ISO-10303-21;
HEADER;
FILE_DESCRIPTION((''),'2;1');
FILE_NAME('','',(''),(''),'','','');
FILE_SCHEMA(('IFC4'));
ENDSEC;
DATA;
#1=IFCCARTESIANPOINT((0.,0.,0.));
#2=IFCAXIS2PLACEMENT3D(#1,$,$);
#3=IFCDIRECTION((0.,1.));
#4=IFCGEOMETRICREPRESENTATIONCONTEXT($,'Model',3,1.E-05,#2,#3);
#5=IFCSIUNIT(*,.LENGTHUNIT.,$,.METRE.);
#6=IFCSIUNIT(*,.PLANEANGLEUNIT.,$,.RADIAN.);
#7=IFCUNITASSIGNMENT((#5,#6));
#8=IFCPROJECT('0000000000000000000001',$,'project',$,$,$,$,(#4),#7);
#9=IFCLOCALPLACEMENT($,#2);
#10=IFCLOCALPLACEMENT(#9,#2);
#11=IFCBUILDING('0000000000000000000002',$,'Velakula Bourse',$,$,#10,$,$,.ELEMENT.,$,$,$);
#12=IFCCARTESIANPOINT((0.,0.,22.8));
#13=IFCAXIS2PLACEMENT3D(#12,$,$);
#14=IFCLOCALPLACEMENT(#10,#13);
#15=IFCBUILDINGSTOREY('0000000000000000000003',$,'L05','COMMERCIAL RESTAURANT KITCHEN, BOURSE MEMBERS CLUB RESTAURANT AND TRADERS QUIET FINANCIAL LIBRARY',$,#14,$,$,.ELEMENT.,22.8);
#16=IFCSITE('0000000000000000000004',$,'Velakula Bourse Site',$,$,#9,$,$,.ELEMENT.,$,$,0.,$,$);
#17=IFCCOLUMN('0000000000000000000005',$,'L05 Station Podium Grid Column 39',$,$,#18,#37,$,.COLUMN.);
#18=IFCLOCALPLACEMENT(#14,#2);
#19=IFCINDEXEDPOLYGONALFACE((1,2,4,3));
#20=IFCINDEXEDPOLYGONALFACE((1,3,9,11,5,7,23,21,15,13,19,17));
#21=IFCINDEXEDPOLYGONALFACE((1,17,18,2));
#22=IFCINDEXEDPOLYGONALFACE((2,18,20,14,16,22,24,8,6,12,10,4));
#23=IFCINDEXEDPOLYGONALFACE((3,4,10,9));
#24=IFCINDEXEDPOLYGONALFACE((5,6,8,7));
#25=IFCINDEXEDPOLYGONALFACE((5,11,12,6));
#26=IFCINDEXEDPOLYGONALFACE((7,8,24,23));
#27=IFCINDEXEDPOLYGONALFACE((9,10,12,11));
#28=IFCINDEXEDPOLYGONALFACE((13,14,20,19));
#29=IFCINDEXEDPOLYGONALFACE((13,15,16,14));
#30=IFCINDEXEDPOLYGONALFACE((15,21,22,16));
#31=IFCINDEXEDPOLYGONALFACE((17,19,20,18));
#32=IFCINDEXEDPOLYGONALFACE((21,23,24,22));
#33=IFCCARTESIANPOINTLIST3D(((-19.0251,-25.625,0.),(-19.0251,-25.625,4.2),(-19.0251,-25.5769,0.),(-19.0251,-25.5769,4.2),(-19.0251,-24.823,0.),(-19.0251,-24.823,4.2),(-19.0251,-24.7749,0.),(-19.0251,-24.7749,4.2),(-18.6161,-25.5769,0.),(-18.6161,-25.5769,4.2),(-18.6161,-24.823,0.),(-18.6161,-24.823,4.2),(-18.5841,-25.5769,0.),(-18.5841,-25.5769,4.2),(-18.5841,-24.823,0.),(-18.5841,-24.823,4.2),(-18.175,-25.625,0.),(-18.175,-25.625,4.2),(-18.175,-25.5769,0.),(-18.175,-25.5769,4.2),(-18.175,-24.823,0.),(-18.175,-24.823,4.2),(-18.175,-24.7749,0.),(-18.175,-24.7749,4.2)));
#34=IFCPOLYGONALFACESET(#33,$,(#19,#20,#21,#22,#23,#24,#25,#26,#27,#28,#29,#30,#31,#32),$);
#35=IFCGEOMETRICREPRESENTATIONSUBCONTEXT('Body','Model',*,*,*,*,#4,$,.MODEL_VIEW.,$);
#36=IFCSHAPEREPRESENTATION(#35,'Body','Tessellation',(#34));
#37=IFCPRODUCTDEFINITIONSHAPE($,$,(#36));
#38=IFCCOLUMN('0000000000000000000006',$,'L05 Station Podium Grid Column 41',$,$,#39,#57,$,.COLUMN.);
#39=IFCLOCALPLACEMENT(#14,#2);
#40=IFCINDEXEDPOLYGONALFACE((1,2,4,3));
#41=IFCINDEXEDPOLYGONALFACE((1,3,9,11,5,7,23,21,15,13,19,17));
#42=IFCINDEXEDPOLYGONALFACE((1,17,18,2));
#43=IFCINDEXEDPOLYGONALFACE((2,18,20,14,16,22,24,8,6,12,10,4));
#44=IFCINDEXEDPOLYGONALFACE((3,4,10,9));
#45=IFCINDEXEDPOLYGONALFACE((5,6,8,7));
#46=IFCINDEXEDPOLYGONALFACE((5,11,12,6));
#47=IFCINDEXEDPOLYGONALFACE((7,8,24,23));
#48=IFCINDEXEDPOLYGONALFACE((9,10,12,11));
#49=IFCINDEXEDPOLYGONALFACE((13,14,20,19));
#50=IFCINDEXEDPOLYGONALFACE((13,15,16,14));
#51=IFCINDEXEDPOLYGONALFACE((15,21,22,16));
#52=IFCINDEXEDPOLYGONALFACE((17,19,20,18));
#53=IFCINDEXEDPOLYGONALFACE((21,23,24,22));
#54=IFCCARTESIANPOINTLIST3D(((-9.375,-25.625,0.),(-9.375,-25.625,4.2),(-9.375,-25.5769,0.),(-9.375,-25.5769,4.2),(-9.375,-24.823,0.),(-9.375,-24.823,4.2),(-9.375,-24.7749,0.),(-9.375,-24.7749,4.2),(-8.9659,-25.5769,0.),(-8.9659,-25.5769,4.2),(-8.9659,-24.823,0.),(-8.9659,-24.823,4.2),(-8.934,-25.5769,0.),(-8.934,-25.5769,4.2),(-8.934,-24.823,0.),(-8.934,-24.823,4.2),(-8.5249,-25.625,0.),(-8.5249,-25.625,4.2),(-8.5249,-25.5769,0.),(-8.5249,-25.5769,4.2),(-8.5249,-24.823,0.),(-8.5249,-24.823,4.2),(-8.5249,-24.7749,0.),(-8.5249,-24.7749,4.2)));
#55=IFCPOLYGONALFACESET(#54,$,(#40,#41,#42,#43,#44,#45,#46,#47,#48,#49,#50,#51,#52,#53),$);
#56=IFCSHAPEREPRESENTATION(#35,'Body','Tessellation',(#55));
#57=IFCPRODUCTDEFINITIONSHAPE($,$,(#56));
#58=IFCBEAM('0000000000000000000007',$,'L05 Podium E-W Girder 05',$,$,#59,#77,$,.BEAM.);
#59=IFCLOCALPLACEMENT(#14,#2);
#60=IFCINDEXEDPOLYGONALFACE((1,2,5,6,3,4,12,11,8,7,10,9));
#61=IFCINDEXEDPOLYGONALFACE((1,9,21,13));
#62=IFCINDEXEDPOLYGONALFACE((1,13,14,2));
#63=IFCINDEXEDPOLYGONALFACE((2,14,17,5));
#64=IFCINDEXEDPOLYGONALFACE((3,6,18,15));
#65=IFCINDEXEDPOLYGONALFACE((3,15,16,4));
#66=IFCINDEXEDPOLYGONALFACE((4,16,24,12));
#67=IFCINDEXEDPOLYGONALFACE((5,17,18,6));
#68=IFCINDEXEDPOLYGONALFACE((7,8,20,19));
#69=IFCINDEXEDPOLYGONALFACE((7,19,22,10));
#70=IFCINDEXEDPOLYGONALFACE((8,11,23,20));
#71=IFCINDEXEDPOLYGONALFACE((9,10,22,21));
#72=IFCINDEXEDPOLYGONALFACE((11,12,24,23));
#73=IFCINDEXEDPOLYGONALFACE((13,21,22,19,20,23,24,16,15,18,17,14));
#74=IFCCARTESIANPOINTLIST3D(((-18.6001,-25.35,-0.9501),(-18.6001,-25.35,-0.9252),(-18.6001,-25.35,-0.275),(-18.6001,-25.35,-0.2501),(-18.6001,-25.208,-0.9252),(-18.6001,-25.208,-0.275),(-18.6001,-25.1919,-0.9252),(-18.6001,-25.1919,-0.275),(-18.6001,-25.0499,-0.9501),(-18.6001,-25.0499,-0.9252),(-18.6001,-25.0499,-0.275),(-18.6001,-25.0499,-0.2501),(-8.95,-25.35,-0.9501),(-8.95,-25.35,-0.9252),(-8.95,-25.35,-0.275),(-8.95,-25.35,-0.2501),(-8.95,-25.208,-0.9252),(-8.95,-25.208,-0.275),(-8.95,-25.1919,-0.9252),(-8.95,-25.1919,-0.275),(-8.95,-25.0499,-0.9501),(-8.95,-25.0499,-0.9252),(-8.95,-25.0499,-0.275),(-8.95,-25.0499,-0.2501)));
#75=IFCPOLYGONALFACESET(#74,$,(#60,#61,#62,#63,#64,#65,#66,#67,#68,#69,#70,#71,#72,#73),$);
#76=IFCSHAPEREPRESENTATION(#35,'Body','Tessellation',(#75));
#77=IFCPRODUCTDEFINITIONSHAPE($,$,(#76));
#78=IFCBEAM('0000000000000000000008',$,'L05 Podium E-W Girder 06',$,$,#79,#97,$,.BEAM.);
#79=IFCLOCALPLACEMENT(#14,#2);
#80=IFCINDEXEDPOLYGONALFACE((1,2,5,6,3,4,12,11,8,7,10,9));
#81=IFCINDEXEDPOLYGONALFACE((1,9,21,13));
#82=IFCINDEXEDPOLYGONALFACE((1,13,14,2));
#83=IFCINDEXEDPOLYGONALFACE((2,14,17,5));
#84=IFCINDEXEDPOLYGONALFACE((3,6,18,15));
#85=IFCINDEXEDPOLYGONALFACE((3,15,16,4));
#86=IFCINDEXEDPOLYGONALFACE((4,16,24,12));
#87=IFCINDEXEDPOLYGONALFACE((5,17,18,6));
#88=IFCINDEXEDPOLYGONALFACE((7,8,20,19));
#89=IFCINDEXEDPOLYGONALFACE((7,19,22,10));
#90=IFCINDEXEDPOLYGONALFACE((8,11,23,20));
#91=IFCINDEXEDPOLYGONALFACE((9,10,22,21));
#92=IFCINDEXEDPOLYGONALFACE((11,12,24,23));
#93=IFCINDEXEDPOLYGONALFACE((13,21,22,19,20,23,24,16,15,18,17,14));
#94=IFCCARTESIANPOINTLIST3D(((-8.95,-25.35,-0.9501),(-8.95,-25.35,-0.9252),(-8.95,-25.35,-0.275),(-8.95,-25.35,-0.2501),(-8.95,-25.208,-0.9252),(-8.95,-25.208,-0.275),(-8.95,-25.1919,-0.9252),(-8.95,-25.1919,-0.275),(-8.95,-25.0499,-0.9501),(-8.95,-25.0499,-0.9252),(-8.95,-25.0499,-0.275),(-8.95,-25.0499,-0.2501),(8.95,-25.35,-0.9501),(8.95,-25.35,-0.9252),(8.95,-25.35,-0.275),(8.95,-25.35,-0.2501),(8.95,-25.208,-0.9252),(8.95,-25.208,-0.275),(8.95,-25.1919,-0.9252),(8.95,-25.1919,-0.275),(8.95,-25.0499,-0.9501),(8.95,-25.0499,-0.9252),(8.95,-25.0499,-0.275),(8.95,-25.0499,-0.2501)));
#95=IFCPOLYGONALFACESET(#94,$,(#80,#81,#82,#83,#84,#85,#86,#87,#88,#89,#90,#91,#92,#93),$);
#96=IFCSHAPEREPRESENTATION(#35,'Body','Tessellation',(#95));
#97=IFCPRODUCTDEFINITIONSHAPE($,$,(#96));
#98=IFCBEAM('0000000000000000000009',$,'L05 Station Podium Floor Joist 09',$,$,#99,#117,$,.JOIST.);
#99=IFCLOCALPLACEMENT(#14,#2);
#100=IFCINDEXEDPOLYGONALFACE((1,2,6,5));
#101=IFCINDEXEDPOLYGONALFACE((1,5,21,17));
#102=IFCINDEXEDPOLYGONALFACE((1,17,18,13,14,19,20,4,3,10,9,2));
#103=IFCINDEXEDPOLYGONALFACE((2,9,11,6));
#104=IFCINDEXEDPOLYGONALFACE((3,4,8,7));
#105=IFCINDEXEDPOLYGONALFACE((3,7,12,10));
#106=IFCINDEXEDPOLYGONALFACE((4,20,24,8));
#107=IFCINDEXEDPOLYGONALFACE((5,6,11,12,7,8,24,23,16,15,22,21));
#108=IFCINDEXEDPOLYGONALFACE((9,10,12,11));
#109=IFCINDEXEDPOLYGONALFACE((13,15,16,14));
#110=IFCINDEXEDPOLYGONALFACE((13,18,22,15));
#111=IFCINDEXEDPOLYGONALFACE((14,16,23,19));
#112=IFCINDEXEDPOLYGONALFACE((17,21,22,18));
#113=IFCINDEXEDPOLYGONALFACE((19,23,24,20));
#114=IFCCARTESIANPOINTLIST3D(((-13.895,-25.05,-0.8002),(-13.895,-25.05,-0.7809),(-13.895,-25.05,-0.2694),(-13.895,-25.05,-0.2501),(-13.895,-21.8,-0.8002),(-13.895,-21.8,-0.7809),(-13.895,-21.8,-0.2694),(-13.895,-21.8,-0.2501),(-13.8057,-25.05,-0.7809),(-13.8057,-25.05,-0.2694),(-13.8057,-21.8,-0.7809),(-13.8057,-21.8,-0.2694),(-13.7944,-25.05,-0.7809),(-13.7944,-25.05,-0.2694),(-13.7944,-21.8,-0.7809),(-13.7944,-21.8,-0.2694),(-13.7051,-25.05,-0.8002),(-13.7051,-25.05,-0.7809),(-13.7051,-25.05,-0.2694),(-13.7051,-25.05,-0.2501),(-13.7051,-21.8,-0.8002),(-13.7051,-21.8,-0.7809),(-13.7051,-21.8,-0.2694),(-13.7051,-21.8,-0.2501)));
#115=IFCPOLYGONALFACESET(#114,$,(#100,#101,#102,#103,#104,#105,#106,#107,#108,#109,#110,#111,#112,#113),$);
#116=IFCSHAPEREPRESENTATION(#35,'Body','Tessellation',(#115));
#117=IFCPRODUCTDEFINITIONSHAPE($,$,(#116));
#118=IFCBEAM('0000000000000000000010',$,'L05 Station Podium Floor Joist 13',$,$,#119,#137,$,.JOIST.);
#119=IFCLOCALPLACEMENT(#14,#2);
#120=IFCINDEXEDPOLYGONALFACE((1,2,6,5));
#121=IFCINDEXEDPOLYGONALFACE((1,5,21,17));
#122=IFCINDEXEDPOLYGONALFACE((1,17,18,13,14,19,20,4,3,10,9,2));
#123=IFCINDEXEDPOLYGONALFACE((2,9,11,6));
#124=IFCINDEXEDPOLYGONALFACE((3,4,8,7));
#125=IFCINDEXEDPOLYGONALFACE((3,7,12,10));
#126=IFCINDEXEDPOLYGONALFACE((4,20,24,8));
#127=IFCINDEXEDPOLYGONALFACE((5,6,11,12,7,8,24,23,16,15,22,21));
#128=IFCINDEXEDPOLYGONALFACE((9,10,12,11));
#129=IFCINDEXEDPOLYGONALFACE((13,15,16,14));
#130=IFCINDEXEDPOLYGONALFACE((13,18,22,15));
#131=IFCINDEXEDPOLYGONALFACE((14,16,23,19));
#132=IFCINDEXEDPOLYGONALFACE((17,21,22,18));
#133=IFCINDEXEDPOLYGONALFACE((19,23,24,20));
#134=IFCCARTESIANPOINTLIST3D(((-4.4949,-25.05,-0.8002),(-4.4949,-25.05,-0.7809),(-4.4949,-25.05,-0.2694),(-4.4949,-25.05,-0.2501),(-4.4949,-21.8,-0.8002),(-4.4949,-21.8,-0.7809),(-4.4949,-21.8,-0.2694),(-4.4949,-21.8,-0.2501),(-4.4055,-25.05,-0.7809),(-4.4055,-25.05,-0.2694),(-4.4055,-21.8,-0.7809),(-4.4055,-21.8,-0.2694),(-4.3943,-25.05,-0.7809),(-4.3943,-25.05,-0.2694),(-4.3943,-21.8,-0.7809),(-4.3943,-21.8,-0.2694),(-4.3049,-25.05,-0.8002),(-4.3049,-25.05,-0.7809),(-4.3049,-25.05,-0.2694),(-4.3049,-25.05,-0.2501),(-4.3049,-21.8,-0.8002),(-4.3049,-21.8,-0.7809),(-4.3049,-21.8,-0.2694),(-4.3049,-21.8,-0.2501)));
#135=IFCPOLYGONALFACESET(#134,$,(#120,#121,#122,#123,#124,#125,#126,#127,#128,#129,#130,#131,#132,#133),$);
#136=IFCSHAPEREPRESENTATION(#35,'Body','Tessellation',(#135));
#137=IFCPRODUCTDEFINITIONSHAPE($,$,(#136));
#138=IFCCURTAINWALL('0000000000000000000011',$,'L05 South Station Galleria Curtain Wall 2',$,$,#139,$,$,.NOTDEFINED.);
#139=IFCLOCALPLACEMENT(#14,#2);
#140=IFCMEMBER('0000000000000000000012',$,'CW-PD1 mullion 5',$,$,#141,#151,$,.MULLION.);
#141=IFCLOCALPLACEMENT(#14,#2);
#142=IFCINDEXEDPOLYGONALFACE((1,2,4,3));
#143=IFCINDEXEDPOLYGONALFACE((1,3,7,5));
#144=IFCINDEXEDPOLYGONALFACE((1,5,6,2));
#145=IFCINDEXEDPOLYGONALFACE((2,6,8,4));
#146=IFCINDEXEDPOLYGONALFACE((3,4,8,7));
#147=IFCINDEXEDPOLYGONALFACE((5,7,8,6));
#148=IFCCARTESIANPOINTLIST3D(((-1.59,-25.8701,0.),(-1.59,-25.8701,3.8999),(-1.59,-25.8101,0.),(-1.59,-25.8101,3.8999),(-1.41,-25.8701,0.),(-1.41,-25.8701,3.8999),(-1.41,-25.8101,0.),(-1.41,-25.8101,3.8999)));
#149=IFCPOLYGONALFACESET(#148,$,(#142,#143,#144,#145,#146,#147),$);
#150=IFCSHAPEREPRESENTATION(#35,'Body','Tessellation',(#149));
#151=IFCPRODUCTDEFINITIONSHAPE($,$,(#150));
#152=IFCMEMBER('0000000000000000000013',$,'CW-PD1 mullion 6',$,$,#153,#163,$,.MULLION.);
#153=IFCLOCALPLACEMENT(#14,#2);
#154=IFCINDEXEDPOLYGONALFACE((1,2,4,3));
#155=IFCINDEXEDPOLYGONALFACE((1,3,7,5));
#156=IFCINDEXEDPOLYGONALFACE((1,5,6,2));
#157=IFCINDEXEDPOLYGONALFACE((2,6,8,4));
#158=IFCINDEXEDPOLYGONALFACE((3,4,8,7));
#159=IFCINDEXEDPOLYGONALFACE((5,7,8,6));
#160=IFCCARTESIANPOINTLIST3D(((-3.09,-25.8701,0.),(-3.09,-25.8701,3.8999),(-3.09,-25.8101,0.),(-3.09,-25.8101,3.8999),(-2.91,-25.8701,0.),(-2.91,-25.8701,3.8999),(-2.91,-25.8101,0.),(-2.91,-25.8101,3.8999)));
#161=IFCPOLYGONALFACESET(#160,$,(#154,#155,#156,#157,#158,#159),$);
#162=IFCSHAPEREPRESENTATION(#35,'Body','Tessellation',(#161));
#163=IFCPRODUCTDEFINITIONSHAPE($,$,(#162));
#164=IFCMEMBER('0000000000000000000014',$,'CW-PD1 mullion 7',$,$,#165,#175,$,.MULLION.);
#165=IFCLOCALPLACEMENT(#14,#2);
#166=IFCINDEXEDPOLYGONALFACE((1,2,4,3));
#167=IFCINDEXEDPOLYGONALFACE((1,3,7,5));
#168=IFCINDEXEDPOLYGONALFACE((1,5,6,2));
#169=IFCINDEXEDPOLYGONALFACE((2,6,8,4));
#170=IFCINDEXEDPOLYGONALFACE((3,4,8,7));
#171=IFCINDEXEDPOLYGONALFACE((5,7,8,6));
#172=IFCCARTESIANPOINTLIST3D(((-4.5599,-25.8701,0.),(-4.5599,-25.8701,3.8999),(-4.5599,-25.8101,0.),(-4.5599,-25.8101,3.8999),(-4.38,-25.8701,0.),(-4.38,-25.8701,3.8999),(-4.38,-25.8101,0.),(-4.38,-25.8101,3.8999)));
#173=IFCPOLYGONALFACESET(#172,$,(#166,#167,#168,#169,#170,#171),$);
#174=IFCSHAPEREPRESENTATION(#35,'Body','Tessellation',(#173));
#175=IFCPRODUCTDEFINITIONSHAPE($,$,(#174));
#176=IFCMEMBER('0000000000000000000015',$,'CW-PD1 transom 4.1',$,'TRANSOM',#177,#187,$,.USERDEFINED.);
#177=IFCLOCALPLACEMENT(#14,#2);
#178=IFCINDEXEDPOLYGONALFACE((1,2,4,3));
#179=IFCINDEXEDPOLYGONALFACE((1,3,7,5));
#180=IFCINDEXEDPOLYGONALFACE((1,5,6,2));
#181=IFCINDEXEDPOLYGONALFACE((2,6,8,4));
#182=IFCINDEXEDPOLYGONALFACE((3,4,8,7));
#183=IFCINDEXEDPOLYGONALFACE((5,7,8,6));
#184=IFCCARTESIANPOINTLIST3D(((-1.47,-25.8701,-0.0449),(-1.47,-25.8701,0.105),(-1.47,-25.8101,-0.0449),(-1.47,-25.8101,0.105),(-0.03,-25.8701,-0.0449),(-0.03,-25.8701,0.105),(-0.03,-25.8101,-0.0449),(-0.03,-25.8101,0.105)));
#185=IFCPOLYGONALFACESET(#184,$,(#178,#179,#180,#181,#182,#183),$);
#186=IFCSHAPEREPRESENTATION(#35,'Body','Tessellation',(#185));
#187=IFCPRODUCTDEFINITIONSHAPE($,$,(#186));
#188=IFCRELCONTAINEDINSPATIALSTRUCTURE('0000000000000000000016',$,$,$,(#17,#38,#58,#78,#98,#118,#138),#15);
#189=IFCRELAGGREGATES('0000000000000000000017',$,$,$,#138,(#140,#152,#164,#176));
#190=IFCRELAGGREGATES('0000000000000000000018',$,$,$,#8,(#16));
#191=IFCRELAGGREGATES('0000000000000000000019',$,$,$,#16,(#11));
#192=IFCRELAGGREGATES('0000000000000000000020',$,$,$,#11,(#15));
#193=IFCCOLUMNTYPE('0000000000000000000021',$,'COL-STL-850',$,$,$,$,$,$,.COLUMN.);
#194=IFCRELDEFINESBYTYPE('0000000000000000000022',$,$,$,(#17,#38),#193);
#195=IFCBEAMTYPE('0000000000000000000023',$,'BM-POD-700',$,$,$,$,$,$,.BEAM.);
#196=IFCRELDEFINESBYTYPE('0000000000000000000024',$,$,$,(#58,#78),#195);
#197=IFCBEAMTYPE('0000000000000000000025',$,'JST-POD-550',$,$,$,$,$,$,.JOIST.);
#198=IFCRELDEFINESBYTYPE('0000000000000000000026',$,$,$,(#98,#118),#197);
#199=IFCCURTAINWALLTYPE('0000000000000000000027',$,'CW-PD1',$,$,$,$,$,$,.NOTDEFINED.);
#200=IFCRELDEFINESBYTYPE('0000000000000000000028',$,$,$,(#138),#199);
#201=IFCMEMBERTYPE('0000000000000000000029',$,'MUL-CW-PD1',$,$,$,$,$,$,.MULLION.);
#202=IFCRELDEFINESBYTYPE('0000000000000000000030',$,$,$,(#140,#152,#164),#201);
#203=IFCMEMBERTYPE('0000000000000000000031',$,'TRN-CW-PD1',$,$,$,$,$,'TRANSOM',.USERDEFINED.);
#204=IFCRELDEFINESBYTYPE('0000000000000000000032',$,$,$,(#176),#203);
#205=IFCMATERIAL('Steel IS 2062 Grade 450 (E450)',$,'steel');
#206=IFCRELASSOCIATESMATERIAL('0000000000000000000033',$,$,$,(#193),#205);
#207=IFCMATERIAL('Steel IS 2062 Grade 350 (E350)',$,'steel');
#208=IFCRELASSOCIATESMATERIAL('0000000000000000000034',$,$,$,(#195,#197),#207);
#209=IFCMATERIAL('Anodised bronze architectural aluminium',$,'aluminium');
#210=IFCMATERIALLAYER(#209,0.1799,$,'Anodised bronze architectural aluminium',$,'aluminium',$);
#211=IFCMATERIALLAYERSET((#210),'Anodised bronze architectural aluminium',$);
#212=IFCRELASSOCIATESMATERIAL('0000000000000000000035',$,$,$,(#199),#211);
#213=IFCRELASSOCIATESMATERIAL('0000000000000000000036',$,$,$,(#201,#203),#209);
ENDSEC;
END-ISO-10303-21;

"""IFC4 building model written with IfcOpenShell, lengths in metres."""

from ifc_helpers import new_model, si_unit, direction, frame, origin, origin_2d, place, context, subcontext, project, spatial, rectangle, i_section, extrude, material, layer, layer_set, material_profile, profile_set, type_object, element, aggregate, save


model = new_model("IFC4")

# Units and contexts
model_context = context("Model", 3, precision=1e-05, world=origin(), true_north=direction((0.0, 1.0)))
body_context = subcontext(model_context, "Body", "Model", "MODEL_VIEW")
ifc_project = project(units=[si_unit("LENGTHUNIT", "METRE"), si_unit("PLANEANGLEUNIT", "RADIAN")], contexts=[model_context])

# Site, building, storey
site_placement = place(None, origin())
site = spatial("IfcSite", under=ifc_project, at=site_placement, Name="Velakula Bourse Site", CompositionType="ELEMENT", RefElevation=0.0)
building_placement = place(site_placement, origin())
building = spatial("IfcBuilding", under=site, at=building_placement, Name="Velakula Bourse", CompositionType="ELEMENT")
storey_placement = place(building_placement, frame((0.0, 0.0, 22.8)))
storey = spatial("IfcBuildingStorey", under=building, at=storey_placement, Name="L05", Description="COMMERCIAL RESTAURANT KITCHEN, BOURSE MEMBERS CLUB RESTAURANT AND TRADERS QUIET FINANCIAL LIBRARY", CompositionType="ELEMENT", Elevation=22.8)

# Columns
ifc_material_1 = material(Name="Steel IS 2062 Grade 450 (E450)", Category="steel")
ifc_material_profile_1 = material_profile(ifc_material_1, i_section(OverallWidth=0.8501, OverallDepth=0.8501, WebThickness=0.032, FlangeThickness=0.0481, at=origin_2d()), Name="Steel IS 2062 Grade 450 (E450)")
ifc_profile_set_1 = profile_set([ifc_material_profile_1], Name="Steel IS 2062 Grade 450 (E450)")
column_type = type_object("IfcColumnType", Name="COL-STL-850", PredefinedType="COLUMN", material=ifc_profile_set_1)
for number, where, z_axis, x_axis, name in (
    (1, (-18.6001, -25.2, 0.0), (0.0, 0.0, 1.0), (1.0, 0.0, 0.0), "L05 Station Podium Grid Column 39"),
    (2, (-8.95, -25.2, 0.0), (0.0, 0.0, 1.0), (1.0, 0.0, 0.0), "L05 Station Podium Grid Column 41"),
):
    element("IfcColumn", number, at=place(storey_placement, frame(where, z_axis=z_axis, x_axis=x_axis)), inside=storey, type_object=column_type, Name=name, PredefinedType="COLUMN", context=body_context, shape_type="SweptSolid", body=[
        extrude(i_section(OverallWidth=0.8501, OverallDepth=0.8501, WebThickness=0.032, FlangeThickness=0.0481, at=origin_2d()), origin(), (0.0, 0.0, 1.0), 4.2),
    ])

# Beams
ifc_material_2 = material(Name="Steel IS 2062 Grade 350 (E350)", Category="steel")
ifc_material_profile_2 = material_profile(ifc_material_2, i_section(OverallWidth=0.3, OverallDepth=0.7, WebThickness=0.0161, FlangeThickness=0.0249, at=origin_2d()), Name="Steel IS 2062 Grade 350 (E350)")
ifc_profile_set_2 = profile_set([ifc_material_profile_2], Name="Steel IS 2062 Grade 350 (E350)")
beam_type_1 = type_object("IfcBeamType", Name="BM-POD-700", PredefinedType="BEAM", material=ifc_profile_set_2)
beam_1_placement = place(storey_placement, frame((-18.6001, -25.2, -0.6001), z_axis=(1.0, 0.0, 0.0), x_axis=(0.0, 1.0, 0.0)))
element("IfcBeam", 3, at=beam_1_placement, inside=storey, type_object=beam_type_1, Name="L05 Podium E-W Girder 05", PredefinedType="BEAM", context=body_context, shape_type="SweptSolid", body=[
    extrude(i_section(OverallWidth=0.3, OverallDepth=0.7, WebThickness=0.0161, FlangeThickness=0.0249, at=origin_2d()), origin(), (0.0, 0.0, 1.0), 9.6501),
])
beam_2_placement = place(storey_placement, frame((-8.95, -25.2, -0.6001), z_axis=(1.0, 0.0, 0.0), x_axis=(0.0, 1.0, 0.0)))
element("IfcBeam", 4, at=beam_2_placement, inside=storey, type_object=beam_type_1, Name="L05 Podium E-W Girder 06", PredefinedType="BEAM", context=body_context, shape_type="SweptSolid", body=[
    extrude(i_section(OverallWidth=0.3, OverallDepth=0.7, WebThickness=0.0161, FlangeThickness=0.0249, at=origin_2d()), origin(), (0.0, 0.0, 1.0), 17.8999),
])
ifc_material_profile_3 = material_profile(ifc_material_2, i_section(OverallWidth=0.1899, OverallDepth=0.55, WebThickness=0.0112, FlangeThickness=0.0193, at=origin_2d()), Name="Steel IS 2062 Grade 350 (E350)")
ifc_profile_set_3 = profile_set([ifc_material_profile_3], Name="Steel IS 2062 Grade 350 (E350)")
beam_type_2 = type_object("IfcBeamType", Name="JST-POD-550", PredefinedType="JOIST", material=ifc_profile_set_3)
for number, where, z_axis, x_axis, name in (
    (5, (-13.8, -25.05, -0.5251), (0.0, 1.0, 0.0), (-1.0, 0.0, 0.0), "L05 Station Podium Floor Joist 09"),
    (6, (-4.3999, -25.05, -0.5251), (0.0, 1.0, 0.0), (-1.0, 0.0, 0.0), "L05 Station Podium Floor Joist 13"),
):
    element("IfcBeam", number, at=place(storey_placement, frame(where, z_axis=z_axis, x_axis=x_axis)), inside=storey, type_object=beam_type_2, Name=name, PredefinedType="JOIST", context=body_context, shape_type="SweptSolid", body=[
        extrude(i_section(OverallWidth=0.1899, OverallDepth=0.55, WebThickness=0.0112, FlangeThickness=0.0193, at=origin_2d()), origin(), (0.0, 0.0, 1.0), 3.25),
    ])

# Curtain wall, members
ifc_material_3 = material(Name="Anodised bronze architectural aluminium", Category="aluminium")
ifc_layer_1 = layer(ifc_material_3, 0.1799, Name="Anodised bronze architectural aluminium", Category="aluminium")
ifc_layer_set_1 = layer_set([ifc_layer_1], Name="Anodised bronze architectural aluminium")
curtain_wall_type = type_object("IfcCurtainWallType", Name="CW-PD1", PredefinedType="NOTDEFINED", material=ifc_layer_set_1)
curtain_wall_placement = place(storey_placement, origin())
curtain_wall = element("IfcCurtainWall", 7, at=curtain_wall_placement, inside=storey, type_object=curtain_wall_type, Name="L05 South Station Galleria Curtain Wall 2", PredefinedType="NOTDEFINED")
ifc_material_profile_4 = material_profile(ifc_material_3, rectangle(XDim=0.0601, YDim=0.1799, at=origin_2d()), Name="Anodised bronze architectural aluminium")
ifc_profile_set_4 = profile_set([ifc_material_profile_4], Name="Anodised bronze architectural aluminium")
member_type_1 = type_object("IfcMemberType", Name="MUL-CW-PD1", PredefinedType="MULLION", material=ifc_profile_set_4)
member_1_placement = place(storey_placement, frame((-1.5, -25.8401, 0.0), z_axis=(0.0, 0.0, 1.0), x_axis=(0.0, -1.0, 0.0)))
member_1 = element("IfcMember", 8, at=member_1_placement, type_object=member_type_1, Name="CW-PD1 mullion 5", PredefinedType="MULLION", context=body_context, shape_type="SweptSolid", body=[
    extrude(rectangle(XDim=0.0601, YDim=0.1799, at=origin_2d()), origin(), (0.0, 0.0, 1.0), 3.8999),
])
member_2_placement = place(storey_placement, frame((-3.0, -25.8401, 0.0), z_axis=(0.0, 0.0, 1.0), x_axis=(0.0, -1.0, 0.0)))
member_2 = element("IfcMember", 9, at=member_2_placement, type_object=member_type_1, Name="CW-PD1 mullion 6", PredefinedType="MULLION", context=body_context, shape_type="SweptSolid", body=[
    extrude(rectangle(XDim=0.0601, YDim=0.1799, at=origin_2d()), origin(), (0.0, 0.0, 1.0), 3.8999),
])
member_3_placement = place(storey_placement, frame((-4.47, -25.8401, 0.0), z_axis=(0.0, 0.0, 1.0), x_axis=(0.0, -1.0, 0.0)))
member_3 = element("IfcMember", 10, at=member_3_placement, type_object=member_type_1, Name="CW-PD1 mullion 7", PredefinedType="MULLION", context=body_context, shape_type="SweptSolid", body=[
    extrude(rectangle(XDim=0.0601, YDim=0.1799, at=origin_2d()), origin(), (0.0, 0.0, 1.0), 3.8999),
])
ifc_material_profile_5 = material_profile(ifc_material_3, rectangle(XDim=0.0601, YDim=0.1499, at=origin_2d()), Name="Anodised bronze architectural aluminium")
ifc_profile_set_5 = profile_set([ifc_material_profile_5], Name="Anodised bronze architectural aluminium")
member_type_2 = type_object("IfcMemberType", Name="TRN-CW-PD1", ElementType="TRANSOM", PredefinedType="USERDEFINED", material=ifc_profile_set_5)
member_4_placement = place(storey_placement, frame((-0.03, -25.8401, 0.03), z_axis=(-1.0, 0.0, 0.0), x_axis=(0.0, -1.0, 0.0)))
member_4 = element("IfcMember", 11, at=member_4_placement, type_object=member_type_2, Name="CW-PD1 transom 4.1", ObjectType="TRANSOM", PredefinedType="USERDEFINED", context=body_context, shape_type="SweptSolid", body=[
    extrude(rectangle(XDim=0.0601, YDim=0.1499, at=origin_2d()), origin(), (0.0, 0.0, 1.0), 1.4399),
])
aggregate(curtain_wall, [member_1, member_2, member_3, member_4])

save(model, "model.ifc")
